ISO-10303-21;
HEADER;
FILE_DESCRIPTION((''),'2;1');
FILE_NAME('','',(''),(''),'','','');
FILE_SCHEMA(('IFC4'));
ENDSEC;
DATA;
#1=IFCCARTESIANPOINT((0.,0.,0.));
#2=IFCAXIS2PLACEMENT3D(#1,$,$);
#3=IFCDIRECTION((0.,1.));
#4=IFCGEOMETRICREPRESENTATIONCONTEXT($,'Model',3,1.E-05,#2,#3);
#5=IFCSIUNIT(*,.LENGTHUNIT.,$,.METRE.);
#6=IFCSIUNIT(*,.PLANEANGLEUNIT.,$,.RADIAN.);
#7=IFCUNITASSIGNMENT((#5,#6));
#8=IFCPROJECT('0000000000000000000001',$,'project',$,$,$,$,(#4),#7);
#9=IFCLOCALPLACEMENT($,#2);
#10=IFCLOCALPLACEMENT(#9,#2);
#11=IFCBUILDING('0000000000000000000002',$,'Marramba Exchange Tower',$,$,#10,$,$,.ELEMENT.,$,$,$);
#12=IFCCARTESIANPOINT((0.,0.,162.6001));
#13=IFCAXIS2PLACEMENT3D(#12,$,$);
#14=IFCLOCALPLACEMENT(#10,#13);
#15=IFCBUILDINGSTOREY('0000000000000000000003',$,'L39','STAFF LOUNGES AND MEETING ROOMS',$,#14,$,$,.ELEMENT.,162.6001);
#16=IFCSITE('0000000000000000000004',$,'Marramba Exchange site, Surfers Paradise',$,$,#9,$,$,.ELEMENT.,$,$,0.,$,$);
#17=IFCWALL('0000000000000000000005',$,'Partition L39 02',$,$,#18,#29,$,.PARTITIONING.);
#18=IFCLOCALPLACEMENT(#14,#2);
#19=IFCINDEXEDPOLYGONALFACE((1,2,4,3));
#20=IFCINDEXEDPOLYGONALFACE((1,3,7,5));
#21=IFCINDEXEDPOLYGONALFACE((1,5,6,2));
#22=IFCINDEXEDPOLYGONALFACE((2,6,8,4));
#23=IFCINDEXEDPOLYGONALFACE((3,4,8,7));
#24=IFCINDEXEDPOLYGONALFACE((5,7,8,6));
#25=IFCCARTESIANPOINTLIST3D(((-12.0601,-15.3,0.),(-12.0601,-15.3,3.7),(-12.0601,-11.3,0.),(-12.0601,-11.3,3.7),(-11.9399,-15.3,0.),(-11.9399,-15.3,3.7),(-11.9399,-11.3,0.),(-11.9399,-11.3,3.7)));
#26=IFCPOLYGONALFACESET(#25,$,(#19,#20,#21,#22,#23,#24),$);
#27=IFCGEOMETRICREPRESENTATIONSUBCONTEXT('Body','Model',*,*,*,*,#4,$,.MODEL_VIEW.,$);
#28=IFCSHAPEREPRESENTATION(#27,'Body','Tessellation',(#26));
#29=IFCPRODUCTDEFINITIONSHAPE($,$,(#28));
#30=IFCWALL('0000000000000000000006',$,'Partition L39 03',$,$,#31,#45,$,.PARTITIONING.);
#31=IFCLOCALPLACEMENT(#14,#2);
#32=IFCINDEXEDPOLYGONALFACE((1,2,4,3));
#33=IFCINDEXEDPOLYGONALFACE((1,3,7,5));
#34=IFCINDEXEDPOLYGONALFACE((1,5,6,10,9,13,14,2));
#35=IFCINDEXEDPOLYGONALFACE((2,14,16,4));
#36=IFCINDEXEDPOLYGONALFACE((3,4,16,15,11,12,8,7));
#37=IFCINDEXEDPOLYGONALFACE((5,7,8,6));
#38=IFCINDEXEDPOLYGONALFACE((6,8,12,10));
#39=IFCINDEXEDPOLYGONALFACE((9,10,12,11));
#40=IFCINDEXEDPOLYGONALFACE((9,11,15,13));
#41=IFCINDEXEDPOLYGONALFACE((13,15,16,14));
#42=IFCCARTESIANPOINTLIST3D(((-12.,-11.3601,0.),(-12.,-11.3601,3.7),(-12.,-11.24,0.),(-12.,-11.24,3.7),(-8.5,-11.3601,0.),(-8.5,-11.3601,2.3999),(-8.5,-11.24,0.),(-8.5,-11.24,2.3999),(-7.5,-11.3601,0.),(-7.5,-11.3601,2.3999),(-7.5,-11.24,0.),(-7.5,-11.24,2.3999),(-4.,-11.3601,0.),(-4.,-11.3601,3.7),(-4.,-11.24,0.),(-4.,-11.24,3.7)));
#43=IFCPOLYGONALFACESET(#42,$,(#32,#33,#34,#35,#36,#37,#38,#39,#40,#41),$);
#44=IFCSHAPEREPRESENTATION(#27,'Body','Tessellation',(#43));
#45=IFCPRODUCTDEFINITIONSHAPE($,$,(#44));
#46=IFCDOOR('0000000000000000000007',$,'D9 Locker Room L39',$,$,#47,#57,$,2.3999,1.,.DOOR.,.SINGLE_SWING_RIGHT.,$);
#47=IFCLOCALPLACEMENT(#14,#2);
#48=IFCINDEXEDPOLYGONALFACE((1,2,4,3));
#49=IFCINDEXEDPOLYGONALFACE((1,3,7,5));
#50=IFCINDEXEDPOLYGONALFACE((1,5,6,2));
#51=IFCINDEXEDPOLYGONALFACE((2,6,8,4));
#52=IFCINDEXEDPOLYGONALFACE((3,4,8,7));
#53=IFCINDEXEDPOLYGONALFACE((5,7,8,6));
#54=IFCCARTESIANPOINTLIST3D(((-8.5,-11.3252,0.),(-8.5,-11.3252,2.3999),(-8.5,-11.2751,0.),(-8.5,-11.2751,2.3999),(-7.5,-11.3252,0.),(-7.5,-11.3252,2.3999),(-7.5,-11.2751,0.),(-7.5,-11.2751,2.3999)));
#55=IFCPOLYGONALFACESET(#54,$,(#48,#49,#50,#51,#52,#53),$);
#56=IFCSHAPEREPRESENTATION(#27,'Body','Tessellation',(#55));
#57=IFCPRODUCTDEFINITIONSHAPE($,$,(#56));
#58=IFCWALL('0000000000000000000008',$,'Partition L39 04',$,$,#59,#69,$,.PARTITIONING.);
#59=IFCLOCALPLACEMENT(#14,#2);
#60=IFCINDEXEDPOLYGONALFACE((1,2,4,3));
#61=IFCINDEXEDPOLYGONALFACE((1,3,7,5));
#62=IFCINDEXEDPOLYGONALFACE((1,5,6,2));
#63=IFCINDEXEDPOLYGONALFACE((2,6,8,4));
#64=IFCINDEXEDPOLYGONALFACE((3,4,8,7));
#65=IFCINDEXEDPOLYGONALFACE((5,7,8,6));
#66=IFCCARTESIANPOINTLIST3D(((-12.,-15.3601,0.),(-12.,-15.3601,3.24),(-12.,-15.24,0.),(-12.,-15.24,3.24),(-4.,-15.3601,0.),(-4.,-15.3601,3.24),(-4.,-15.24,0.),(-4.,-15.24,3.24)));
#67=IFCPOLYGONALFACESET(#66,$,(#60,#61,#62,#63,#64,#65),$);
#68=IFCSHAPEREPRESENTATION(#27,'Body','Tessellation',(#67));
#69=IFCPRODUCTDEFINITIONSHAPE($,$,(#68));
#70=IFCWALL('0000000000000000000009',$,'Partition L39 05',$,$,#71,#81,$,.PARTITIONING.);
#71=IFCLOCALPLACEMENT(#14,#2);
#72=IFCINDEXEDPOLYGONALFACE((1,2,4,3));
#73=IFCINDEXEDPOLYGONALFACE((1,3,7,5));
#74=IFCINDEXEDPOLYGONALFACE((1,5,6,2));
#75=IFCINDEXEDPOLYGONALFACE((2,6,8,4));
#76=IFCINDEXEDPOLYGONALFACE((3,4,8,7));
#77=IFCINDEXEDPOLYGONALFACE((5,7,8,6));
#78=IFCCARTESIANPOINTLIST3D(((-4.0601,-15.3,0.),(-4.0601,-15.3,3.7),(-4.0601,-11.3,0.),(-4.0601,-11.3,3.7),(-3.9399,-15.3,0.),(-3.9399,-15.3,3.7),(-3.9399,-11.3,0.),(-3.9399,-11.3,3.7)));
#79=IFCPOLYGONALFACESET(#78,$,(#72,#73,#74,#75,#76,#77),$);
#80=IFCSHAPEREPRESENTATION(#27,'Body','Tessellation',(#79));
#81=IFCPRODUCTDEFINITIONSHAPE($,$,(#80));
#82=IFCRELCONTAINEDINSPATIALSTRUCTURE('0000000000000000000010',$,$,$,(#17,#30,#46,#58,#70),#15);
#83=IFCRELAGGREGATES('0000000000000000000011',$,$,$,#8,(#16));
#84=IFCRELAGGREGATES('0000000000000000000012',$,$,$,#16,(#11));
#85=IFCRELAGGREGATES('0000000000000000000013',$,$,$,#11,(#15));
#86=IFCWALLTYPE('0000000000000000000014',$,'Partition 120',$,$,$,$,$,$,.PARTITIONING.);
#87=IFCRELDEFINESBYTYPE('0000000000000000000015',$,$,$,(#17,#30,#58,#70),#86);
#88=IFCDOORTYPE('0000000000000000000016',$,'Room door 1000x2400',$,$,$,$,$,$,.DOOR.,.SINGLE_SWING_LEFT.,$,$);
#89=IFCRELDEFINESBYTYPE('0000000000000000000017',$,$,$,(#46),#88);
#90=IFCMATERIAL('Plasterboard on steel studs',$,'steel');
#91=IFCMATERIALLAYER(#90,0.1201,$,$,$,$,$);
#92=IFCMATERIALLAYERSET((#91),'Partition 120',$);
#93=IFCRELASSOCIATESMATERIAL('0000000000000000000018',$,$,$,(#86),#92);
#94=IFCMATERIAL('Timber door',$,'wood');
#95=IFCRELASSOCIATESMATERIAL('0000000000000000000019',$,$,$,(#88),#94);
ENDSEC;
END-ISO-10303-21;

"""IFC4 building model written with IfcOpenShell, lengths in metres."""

from ifc_helpers import new_model, si_unit, direction, frame, frame_2d, origin, place, context, subcontext, project, spatial, rectangle, extrude, material, layer, layer_set, type_object, element, fill, save


model = new_model("IFC4")

# Units and contexts
model_context = context("Model", 3, precision=1e-05, world=origin(), true_north=direction((0.0, 1.0)))
body_context = subcontext(model_context, "Body", "Model", "MODEL_VIEW")
ifc_project = project(units=[si_unit("LENGTHUNIT", "METRE"), si_unit("PLANEANGLEUNIT", "RADIAN")], contexts=[model_context])

# Site, building, storey
site_placement = place(None, origin())
site = spatial("IfcSite", under=ifc_project, at=site_placement, Name="Marramba Exchange site, Surfers Paradise", CompositionType="ELEMENT", RefElevation=0.0)
building_placement = place(site_placement, origin())
building = spatial("IfcBuilding", under=site, at=building_placement, Name="Marramba Exchange Tower", CompositionType="ELEMENT")
storey_placement = place(building_placement, frame((0.0, 0.0, 162.6001)))
storey = spatial("IfcBuildingStorey", under=building, at=storey_placement, Name="L39", Description="STAFF LOUNGES AND MEETING ROOMS", CompositionType="ELEMENT", Elevation=162.6001)

# Wall
ifc_material_1 = material(Name="Plasterboard on steel studs", Category="steel")
ifc_layer_1 = layer(ifc_material_1, 0.1201)
ifc_layer_set_1 = layer_set([ifc_layer_1], Name="Partition 120")
wall_type_1 = type_object("IfcWallType", Name="Partition 120", PredefinedType="PARTITIONING", material=ifc_layer_set_1)
wall_1_placement = place(storey_placement, frame((-12.0, -15.3, 0.0), z_axis=(0.0, 0.0, 1.0), x_axis=(0.0, 1.0, 0.0)))
element("IfcWall", 1, at=wall_1_placement, inside=storey, type_object=wall_type_1, Name="Partition L39 02", PredefinedType="PARTITIONING", context=body_context, shape_type="SweptSolid", body=[
    extrude(rectangle(XDim=4.0, YDim=0.1201, at=frame_2d((2.0, 0.0))), origin(), (0.0, 0.0, 1.0), 3.7),
])

# Wall, opening, door
wall_2_placement = place(storey_placement, frame((-12.0, -11.3, 0.0), z_axis=(0.0, 0.0, 1.0), x_axis=(1.0, 0.0, 0.0)))
wall_2 = element("IfcWall", 2, at=wall_2_placement, inside=storey, type_object=wall_type_1, Name="Partition L39 03", PredefinedType="PARTITIONING", context=body_context, shape_type="SweptSolid", body=[
    extrude(rectangle(XDim=8.0, YDim=0.1201, at=frame_2d((4.0, 0.0))), origin(), (0.0, 0.0, 1.0), 3.7),
])
opening_1_placement = place(wall_2_placement, frame((3.5, 0.0, 0.0)))
opening_1 = element("IfcOpeningElement", 3, at=opening_1_placement, cuts=wall_2, PredefinedType="OPENING", context=body_context, shape_type="SweptSolid", body=[
    extrude(rectangle(XDim=1.0, YDim=2.3999, at=frame_2d((0.5, 1.2))), frame((0.0, 0.0701, 0.0), z_axis=(0.0, -1.0, 0.0), x_axis=(1.0, 0.0, 0.0)), (0.0, 0.0, 1.0), 0.1401),
])
ifc_material_2 = material(Name="Timber door", Category="wood")
door_type_1 = type_object("IfcDoorType", Name="Room door 1000x2400", OperationType="SINGLE_SWING_LEFT", PredefinedType="DOOR", material=ifc_material_2)
door_1_placement = place(opening_1_placement, frame((1.0, 0.0, 0.0), z_axis=(0.0, 0.0, 1.0), x_axis=(-1.0, 0.0, 0.0)))
door_1 = element("IfcDoor", 4, at=door_1_placement, inside=storey, type_object=door_type_1, Name="D9 Locker Room L39", OperationType="SINGLE_SWING_RIGHT", OverallHeight=2.3999, OverallWidth=1.0, PredefinedType="DOOR", context=body_context, shape_type="SweptSolid", body=[
    extrude(rectangle(XDim=1.0, YDim=2.3999, at=frame_2d((0.5, 1.2))), frame((0.0, 0.0251, 0.0), z_axis=(0.0, -1.0, 0.0), x_axis=(1.0, 0.0, 0.0)), (0.0, 0.0, 1.0), 0.05),
])
fill(opening_1, door_1)

# Walls
wall_3_placement = place(storey_placement, frame((-4.0, -15.3, 0.0), z_axis=(0.0, 0.0, 1.0), x_axis=(-1.0, 0.0, 0.0)))
element("IfcWall", 5, at=wall_3_placement, inside=storey, type_object=wall_type_1, Name="Partition L39 04", PredefinedType="PARTITIONING", context=body_context, shape_type="SweptSolid", body=[
    extrude(rectangle(XDim=8.0, YDim=0.1201, at=frame_2d((4.0, 0.0))), origin(), (0.0, 0.0, 1.0), 3.24),
])
wall_4_placement = place(storey_placement, frame((-4.0, -11.3, 0.0), z_axis=(0.0, 0.0, 1.0), x_axis=(0.0, -1.0, 0.0)))
element("IfcWall", 6, at=wall_4_placement, inside=storey, type_object=wall_type_1, Name="Partition L39 05", PredefinedType="PARTITIONING", context=body_context, shape_type="SweptSolid", body=[
    extrude(rectangle(XDim=4.0, YDim=0.1201, at=frame_2d((2.0, 0.0))), origin(), (0.0, 0.0, 1.0), 3.7),
])

save(model, "model.ifc")
